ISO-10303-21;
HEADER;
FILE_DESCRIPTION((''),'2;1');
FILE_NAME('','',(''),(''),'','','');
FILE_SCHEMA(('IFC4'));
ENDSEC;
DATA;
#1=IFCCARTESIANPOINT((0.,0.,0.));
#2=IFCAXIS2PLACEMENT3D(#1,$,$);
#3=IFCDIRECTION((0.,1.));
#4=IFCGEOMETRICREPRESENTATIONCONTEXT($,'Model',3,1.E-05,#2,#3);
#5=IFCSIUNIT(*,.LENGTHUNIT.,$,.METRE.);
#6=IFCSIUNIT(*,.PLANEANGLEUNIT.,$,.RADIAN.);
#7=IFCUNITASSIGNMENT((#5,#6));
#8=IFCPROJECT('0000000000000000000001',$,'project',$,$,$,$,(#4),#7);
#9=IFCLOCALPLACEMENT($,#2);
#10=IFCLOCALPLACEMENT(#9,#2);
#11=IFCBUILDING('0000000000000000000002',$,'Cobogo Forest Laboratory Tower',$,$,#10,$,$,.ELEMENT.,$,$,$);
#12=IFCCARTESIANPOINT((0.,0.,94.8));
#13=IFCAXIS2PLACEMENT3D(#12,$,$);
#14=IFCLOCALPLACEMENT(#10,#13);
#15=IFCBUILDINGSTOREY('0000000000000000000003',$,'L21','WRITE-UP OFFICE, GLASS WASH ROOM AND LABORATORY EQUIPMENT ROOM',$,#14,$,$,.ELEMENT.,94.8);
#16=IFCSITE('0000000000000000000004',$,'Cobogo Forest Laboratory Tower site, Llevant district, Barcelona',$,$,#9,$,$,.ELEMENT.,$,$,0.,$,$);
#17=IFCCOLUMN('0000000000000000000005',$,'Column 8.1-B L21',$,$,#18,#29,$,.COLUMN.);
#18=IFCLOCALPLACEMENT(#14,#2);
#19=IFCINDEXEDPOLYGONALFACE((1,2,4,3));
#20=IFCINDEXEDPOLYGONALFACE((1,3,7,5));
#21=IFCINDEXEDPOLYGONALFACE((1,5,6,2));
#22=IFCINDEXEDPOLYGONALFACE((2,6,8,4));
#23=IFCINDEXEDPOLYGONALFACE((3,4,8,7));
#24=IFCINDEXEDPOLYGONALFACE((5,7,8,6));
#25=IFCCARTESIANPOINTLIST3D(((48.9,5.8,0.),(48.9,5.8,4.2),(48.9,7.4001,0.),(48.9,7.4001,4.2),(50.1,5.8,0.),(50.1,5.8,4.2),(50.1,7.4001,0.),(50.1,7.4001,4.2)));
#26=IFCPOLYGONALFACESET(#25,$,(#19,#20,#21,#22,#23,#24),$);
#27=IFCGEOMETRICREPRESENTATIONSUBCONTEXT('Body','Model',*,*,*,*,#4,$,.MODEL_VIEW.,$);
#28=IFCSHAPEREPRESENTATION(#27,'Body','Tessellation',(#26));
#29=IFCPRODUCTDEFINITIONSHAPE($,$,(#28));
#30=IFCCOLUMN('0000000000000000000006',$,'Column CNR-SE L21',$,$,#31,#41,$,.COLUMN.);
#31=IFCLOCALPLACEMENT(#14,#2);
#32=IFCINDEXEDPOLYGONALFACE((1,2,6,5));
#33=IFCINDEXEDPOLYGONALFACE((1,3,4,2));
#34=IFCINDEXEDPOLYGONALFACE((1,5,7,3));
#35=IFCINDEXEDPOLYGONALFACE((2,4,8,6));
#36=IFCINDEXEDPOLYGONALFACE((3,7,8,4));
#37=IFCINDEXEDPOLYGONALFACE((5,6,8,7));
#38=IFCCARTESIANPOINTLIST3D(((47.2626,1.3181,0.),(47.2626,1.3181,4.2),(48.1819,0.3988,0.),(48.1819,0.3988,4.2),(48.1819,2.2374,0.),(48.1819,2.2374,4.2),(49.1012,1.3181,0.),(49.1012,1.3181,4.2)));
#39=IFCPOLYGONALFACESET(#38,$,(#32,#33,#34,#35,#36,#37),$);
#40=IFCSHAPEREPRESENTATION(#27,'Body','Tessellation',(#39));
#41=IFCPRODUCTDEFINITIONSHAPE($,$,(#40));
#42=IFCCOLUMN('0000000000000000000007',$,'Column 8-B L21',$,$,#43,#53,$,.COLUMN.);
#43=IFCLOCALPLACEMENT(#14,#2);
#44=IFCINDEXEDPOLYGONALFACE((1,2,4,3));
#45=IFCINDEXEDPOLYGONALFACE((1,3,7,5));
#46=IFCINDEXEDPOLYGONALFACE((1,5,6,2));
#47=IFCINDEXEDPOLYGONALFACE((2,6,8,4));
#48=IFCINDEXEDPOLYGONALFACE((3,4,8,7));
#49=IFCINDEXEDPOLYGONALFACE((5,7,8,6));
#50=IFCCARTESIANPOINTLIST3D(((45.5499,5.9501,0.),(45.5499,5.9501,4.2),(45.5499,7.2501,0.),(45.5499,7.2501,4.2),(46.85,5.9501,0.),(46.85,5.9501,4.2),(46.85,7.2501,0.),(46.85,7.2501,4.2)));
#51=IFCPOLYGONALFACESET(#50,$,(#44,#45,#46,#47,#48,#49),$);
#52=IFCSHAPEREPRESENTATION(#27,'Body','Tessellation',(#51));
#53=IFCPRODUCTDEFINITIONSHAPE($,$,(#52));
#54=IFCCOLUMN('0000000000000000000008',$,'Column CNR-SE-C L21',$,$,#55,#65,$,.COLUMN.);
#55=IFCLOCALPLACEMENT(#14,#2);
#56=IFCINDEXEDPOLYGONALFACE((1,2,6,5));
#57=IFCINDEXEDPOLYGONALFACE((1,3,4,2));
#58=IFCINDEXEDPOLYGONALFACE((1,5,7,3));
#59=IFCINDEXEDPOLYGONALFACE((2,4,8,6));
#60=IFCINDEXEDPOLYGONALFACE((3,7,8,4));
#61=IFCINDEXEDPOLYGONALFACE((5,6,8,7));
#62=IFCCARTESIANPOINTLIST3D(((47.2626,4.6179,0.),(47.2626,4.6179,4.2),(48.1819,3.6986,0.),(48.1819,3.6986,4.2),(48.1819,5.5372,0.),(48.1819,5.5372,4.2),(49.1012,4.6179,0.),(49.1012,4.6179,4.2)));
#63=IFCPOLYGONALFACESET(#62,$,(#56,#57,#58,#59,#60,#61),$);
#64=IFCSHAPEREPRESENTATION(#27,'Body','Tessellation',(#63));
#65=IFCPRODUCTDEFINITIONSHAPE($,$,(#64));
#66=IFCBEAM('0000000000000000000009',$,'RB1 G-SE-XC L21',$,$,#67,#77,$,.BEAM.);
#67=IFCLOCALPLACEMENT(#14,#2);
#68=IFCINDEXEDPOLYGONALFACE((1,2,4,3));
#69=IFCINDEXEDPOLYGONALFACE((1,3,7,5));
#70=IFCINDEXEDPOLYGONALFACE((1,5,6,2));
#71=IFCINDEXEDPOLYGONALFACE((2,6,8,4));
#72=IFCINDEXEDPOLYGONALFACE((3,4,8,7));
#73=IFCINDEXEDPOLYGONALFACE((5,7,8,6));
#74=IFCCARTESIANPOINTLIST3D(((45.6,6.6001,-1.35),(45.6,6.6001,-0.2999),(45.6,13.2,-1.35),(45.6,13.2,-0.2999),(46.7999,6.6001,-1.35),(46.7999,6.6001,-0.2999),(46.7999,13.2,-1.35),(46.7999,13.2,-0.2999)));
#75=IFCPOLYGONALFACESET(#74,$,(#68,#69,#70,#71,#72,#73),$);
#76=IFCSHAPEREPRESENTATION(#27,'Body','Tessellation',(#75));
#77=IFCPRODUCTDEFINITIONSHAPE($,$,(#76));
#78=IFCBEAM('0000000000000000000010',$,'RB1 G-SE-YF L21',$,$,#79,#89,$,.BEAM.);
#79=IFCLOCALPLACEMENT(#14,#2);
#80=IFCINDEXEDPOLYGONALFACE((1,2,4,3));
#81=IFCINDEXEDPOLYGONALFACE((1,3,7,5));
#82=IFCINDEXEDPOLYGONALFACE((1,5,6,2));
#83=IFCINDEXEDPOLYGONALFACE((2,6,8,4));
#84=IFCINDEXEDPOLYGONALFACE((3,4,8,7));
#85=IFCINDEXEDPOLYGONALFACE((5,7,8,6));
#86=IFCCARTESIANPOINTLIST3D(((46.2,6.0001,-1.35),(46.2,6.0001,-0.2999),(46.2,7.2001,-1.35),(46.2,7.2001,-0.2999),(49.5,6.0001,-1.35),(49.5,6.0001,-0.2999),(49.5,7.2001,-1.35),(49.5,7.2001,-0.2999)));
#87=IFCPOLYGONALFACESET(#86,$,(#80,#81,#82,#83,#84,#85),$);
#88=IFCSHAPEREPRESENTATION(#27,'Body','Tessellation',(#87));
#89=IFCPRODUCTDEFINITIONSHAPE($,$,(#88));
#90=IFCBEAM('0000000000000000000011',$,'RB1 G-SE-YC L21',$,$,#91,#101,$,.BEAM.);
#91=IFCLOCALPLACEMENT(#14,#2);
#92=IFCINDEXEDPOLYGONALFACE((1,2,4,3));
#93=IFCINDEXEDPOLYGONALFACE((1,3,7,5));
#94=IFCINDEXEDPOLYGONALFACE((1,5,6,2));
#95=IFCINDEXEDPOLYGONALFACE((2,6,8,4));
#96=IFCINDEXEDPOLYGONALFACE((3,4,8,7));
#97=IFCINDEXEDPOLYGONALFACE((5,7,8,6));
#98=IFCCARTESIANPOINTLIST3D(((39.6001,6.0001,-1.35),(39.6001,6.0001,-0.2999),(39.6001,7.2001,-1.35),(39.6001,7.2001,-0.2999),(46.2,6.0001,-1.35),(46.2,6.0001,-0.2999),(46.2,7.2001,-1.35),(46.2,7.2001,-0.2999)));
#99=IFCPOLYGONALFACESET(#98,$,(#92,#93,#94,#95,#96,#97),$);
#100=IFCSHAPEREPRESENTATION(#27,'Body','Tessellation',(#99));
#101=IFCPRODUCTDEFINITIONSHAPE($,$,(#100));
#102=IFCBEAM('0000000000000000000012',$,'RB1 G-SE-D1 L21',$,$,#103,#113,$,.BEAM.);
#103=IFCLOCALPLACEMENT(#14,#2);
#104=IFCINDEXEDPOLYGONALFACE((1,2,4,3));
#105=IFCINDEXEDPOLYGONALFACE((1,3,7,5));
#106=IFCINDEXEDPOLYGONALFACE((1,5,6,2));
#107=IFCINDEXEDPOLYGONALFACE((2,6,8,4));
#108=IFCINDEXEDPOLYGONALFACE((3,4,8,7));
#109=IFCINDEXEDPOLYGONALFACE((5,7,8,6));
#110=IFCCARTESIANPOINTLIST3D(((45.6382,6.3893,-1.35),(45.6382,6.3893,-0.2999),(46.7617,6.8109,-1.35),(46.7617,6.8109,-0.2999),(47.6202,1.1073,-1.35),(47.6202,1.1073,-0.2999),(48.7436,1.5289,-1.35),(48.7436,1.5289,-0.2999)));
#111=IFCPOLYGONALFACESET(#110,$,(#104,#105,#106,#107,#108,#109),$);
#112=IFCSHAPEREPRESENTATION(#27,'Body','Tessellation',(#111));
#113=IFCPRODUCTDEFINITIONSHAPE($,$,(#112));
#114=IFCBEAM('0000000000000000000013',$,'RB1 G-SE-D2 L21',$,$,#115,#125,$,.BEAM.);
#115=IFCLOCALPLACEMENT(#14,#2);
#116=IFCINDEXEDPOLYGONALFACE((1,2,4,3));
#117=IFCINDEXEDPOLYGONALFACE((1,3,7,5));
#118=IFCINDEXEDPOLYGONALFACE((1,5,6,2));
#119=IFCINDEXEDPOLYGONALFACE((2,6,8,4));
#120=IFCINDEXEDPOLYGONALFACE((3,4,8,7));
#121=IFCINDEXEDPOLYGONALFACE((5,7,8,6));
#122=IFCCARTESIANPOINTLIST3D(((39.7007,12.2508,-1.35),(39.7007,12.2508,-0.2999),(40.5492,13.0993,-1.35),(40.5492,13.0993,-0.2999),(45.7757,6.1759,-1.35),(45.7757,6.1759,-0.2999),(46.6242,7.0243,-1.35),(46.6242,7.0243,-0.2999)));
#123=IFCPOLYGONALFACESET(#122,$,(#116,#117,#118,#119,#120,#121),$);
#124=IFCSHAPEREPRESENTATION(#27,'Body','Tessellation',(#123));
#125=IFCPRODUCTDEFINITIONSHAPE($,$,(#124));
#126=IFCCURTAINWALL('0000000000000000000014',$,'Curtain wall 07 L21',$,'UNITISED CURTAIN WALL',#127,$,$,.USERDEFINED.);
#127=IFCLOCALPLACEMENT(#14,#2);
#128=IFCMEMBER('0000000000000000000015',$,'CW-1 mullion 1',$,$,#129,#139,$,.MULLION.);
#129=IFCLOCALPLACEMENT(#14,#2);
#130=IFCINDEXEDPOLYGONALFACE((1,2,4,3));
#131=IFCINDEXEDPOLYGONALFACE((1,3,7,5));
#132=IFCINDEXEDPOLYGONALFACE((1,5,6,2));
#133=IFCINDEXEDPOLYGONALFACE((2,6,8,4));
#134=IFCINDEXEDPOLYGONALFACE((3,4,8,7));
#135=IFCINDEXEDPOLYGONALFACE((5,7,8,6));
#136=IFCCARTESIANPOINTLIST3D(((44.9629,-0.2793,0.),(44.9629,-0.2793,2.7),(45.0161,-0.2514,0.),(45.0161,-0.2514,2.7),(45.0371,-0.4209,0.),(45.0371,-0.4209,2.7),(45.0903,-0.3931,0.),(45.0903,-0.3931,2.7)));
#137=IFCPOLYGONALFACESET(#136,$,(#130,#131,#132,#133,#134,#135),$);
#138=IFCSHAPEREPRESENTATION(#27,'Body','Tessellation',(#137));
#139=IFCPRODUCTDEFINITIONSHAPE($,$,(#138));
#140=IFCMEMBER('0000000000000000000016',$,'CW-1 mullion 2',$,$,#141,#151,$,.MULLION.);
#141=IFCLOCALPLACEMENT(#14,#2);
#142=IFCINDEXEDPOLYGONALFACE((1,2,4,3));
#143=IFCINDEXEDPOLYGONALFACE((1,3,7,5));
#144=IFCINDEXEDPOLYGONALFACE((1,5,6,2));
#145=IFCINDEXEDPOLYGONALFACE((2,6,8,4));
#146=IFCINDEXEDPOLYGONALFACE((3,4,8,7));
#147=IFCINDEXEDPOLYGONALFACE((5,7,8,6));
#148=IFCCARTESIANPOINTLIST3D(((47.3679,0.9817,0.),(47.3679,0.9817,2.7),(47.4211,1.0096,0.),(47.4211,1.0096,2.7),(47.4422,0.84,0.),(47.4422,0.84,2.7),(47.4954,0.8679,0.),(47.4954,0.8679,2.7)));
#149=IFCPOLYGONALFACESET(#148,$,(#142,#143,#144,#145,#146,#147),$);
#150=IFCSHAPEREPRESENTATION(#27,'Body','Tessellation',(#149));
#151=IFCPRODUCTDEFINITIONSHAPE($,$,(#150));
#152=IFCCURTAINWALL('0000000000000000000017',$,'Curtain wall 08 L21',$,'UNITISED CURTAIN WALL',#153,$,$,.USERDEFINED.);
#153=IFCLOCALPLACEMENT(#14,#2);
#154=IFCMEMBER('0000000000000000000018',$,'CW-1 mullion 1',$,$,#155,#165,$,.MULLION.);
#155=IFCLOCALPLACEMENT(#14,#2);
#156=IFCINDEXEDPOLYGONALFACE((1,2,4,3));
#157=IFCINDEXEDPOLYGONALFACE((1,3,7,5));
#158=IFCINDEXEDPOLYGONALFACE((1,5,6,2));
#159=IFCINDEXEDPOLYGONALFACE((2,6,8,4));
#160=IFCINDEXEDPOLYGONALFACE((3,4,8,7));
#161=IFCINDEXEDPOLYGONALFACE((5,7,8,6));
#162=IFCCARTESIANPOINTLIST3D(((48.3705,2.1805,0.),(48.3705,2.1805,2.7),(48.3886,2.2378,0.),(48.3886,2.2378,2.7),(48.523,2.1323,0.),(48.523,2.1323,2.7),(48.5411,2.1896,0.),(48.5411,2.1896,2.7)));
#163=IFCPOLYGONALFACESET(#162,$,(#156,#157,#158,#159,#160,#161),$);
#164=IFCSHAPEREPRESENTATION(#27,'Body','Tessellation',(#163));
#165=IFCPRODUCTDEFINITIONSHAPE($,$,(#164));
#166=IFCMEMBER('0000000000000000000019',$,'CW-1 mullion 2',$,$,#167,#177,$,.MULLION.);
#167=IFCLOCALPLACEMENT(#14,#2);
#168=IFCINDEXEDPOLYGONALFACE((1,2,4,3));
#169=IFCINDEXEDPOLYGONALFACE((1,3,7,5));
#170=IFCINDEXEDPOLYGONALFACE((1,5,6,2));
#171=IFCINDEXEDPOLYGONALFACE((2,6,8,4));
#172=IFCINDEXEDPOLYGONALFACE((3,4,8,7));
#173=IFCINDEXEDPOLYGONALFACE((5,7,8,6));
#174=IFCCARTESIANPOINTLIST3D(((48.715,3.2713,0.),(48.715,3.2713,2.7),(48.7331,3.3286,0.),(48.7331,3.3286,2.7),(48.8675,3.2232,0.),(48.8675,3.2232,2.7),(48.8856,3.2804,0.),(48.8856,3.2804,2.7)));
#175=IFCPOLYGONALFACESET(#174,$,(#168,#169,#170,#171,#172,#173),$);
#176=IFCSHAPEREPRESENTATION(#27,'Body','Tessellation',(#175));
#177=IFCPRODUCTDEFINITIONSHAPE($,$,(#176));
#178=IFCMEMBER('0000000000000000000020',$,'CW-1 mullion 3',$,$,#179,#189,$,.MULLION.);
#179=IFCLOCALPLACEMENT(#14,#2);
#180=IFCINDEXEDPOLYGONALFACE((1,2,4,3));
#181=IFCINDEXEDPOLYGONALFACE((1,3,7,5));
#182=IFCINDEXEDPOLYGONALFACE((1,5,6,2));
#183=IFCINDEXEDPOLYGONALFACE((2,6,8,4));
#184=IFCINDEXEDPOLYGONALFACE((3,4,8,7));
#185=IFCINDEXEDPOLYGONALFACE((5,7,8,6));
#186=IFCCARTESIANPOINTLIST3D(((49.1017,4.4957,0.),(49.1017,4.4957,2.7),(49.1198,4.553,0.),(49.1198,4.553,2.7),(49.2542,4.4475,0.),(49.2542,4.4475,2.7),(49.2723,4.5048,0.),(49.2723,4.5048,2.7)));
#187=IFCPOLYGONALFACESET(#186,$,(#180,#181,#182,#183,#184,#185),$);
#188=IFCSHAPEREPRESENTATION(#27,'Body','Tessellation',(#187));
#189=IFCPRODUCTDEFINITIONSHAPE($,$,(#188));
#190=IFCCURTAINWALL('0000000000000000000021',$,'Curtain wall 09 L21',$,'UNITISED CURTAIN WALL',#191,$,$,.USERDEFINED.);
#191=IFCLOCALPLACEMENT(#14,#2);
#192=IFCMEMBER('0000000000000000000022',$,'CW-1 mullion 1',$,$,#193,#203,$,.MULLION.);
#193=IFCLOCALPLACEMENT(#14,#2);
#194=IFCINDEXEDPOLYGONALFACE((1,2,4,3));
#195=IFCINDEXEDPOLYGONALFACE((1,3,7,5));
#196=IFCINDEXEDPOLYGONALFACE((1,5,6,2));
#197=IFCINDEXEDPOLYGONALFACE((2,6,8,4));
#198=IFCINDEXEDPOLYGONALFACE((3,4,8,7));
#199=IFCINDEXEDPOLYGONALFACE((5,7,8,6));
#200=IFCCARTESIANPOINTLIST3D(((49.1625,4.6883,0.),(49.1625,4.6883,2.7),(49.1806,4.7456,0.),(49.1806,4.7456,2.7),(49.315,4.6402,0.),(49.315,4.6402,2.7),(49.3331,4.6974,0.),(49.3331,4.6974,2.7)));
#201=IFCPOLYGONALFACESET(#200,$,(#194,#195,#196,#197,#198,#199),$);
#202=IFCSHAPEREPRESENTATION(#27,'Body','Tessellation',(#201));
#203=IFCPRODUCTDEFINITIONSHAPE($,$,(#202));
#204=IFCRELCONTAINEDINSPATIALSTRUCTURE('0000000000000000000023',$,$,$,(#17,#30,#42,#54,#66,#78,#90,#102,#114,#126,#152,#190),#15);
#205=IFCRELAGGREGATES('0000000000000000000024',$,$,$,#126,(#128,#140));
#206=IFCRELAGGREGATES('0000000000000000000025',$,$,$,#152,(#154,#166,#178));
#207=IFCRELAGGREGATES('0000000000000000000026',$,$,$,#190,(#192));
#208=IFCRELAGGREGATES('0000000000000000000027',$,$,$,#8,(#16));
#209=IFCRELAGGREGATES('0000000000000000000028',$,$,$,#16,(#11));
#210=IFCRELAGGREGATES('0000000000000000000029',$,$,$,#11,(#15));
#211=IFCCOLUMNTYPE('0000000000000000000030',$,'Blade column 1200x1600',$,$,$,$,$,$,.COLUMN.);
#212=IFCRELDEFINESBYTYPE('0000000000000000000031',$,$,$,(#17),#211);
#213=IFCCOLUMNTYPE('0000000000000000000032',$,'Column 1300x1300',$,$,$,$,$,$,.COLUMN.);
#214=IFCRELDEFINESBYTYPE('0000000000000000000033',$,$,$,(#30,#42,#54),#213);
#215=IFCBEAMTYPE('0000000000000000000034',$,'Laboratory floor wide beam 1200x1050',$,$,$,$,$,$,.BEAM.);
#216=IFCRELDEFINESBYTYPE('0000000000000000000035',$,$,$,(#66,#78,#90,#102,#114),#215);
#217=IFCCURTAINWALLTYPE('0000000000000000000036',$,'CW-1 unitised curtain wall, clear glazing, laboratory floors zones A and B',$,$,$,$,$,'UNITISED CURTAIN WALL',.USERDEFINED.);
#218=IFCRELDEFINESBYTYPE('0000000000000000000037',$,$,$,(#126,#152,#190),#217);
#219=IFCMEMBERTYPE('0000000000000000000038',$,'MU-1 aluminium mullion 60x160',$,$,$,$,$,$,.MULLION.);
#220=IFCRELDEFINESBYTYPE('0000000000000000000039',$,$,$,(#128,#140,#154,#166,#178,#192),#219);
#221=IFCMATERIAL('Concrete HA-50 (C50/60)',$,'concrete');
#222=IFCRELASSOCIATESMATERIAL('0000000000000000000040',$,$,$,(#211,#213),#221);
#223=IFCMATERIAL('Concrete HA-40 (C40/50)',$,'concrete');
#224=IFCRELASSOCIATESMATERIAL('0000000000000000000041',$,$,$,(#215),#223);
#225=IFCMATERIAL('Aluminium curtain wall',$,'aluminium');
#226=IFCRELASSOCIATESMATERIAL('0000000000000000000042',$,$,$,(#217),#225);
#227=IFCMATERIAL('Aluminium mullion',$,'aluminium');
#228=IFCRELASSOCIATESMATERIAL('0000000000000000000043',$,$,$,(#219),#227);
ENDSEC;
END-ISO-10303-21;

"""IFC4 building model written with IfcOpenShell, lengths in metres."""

from ifc_helpers import new_model, si_unit, direction, frame, origin, origin_2d, place, context, subcontext, project, spatial, rectangle, extrude, material, material_profile, profile_set, type_object, element, aggregate, save


model = new_model("IFC4")

# Units and contexts
model_context = context("Model", 3, precision=1e-05, world=origin(), true_north=direction((0.0, 1.0)))
body_context = subcontext(model_context, "Body", "Model", "MODEL_VIEW")
ifc_project = project(units=[si_unit("LENGTHUNIT", "METRE"), si_unit("PLANEANGLEUNIT", "RADIAN")], contexts=[model_context])

# Site, building, storey
site_placement = place(None, origin())
site = spatial("IfcSite", under=ifc_project, at=site_placement, Name="Cobogo Forest Laboratory Tower site, Llevant district, Barcelona", CompositionType="ELEMENT", RefElevation=0.0)
building_placement = place(site_placement, origin())
building = spatial("IfcBuilding", under=site, at=building_placement, Name="Cobogo Forest Laboratory Tower", CompositionType="ELEMENT")
storey_placement = place(building_placement, frame((0.0, 0.0, 94.8)))
storey = spatial("IfcBuildingStorey", under=building, at=storey_placement, Name="L21", Description="WRITE-UP OFFICE, GLASS WASH ROOM AND LABORATORY EQUIPMENT ROOM", CompositionType="ELEMENT", Elevation=94.8)

# Columns
ifc_material_1 = material(Name="Concrete HA-50 (C50/60)", Category="concrete")
ifc_material_profile_1 = material_profile(ifc_material_1, rectangle(XDim=1.6001, YDim=1.2, at=origin_2d()), Name="RC 1200x1600")
ifc_profile_set_1 = profile_set([ifc_material_profile_1], Name="Concrete HA-50 (C50/60)")
column_type_1 = type_object("IfcColumnType", Name="Blade column 1200x1600", PredefinedType="COLUMN", material=ifc_profile_set_1)
column_placement = place(storey_placement, frame((49.5, 6.6001, 0.0), z_axis=(0.0, 0.0, 1.0), x_axis=(0.0, 1.0, 0.0)))
element("IfcColumn", 1, at=column_placement, inside=storey, type_object=column_type_1, Name="Column 8.1-B L21", PredefinedType="COLUMN", context=body_context, shape_type="SweptSolid", body=[
    extrude(rectangle(XDim=1.6001, YDim=1.2, at=origin_2d()), origin(), (0.0, 0.0, 1.0), 4.2),
])
ifc_material_profile_2 = material_profile(ifc_material_1, rectangle(XDim=1.3, YDim=1.3, at=origin_2d()), Name="RC 1300x1300")
ifc_profile_set_2 = profile_set([ifc_material_profile_2], Name="Concrete HA-50 (C50/60)")
column_type_2 = type_object("IfcColumnType", Name="Column 1300x1300", PredefinedType="COLUMN", material=ifc_profile_set_2)
for number, where, z_axis, x_axis, name in (
    (2, (48.1819, 1.3181, 0.0), (0.0, 0.0, 1.0), (0.707107, 0.707107, 0.0), "Column CNR-SE L21"),
    (3, (46.2, 6.6001, 0.0), (0.0, 0.0, 1.0), (1.0, 0.0, 0.0), "Column 8-B L21"),
    (4, (48.1819, 4.6179, 0.0), (0.0, 0.0, 1.0), (0.707107, 0.707107, 0.0), "Column CNR-SE-C L21"),
):
    element("IfcColumn", number, at=place(storey_placement, frame(where, z_axis=z_axis, x_axis=x_axis)), inside=storey, type_object=column_type_2, Name=name, PredefinedType="COLUMN", context=body_context, shape_type="SweptSolid", body=[
        extrude(rectangle(XDim=1.3, YDim=1.3, at=origin_2d()), origin(), (0.0, 0.0, 1.0), 4.2),
    ])

# Beams
ifc_material_2 = material(Name="Concrete HA-40 (C40/50)", Category="concrete")
ifc_material_profile_3 = material_profile(ifc_material_2, rectangle(XDim=1.2, YDim=1.05, at=origin_2d()), Name="RC 1200x1050")
ifc_profile_set_3 = profile_set([ifc_material_profile_3], Name="Concrete HA-40 (C40/50)")
beam_type_1 = type_object("IfcBeamType", Name="Laboratory floor wide beam 1200x1050", PredefinedType="BEAM", material=ifc_profile_set_3)
beam_1_placement = place(storey_placement, frame((46.2, 6.6001, -0.825), z_axis=(0.0, 1.0, 0.0), x_axis=(-1.0, 0.0, 0.0)))
element("IfcBeam", 5, at=beam_1_placement, inside=storey, type_object=beam_type_1, Name="RB1 G-SE-XC L21", PredefinedType="BEAM", context=body_context, shape_type="SweptSolid", body=[
    extrude(rectangle(XDim=1.2, YDim=1.05, at=origin_2d()), origin(), (0.0, 0.0, 1.0), 6.5999),
])
beam_2_placement = place(storey_placement, frame((49.5, 6.6001, -0.825), z_axis=(-1.0, 0.0, 0.0), x_axis=(0.0, -1.0, 0.0)))
element("IfcBeam", 6, at=beam_2_placement, inside=storey, type_object=beam_type_1, Name="RB1 G-SE-YF L21", PredefinedType="BEAM", context=body_context, shape_type="SweptSolid", body=[
    extrude(rectangle(XDim=1.2, YDim=1.05, at=origin_2d()), origin(), (0.0, 0.0, 1.0), 3.3),
])
beam_3_placement = place(storey_placement, frame((46.2, 6.6001, -0.825), z_axis=(-1.0, 0.0, 0.0), x_axis=(0.0, -1.0, 0.0)))
element("IfcBeam", 7, at=beam_3_placement, inside=storey, type_object=beam_type_1, Name="RB1 G-SE-YC L21", PredefinedType="BEAM", context=body_context, shape_type="SweptSolid", body=[
    extrude(rectangle(XDim=1.2, YDim=1.05, at=origin_2d()), origin(), (0.0, 0.0, 1.0), 6.5999),
])
beam_4_placement = place(storey_placement, frame((48.1819, 1.3181, -0.825), z_axis=(-0.351308, 0.93626, 0.0), x_axis=(-0.93626, -0.351308, 0.0)))
element("IfcBeam", 8, at=beam_4_placement, inside=storey, type_object=beam_type_1, Name="RB1 G-SE-D1 L21", PredefinedType="BEAM", context=body_context, shape_type="SweptSolid", body=[
    extrude(rectangle(XDim=1.2, YDim=1.05, at=origin_2d()), origin(), (0.0, 0.0, 1.0), 5.6416),
])
beam_5_placement = place(storey_placement, frame((46.2, 6.6001, -0.825), z_axis=(-0.707107, 0.707107, 0.0), x_axis=(-0.707107, -0.707107, 0.0)))
element("IfcBeam", 9, at=beam_5_placement, inside=storey, type_object=beam_type_1, Name="RB1 G-SE-D2 L21", PredefinedType="BEAM", context=body_context, shape_type="SweptSolid", body=[
    extrude(rectangle(XDim=1.2, YDim=1.05, at=origin_2d()), origin(), (0.0, 0.0, 1.0), 8.5913),
])

# Curtain walls, members
ifc_material_3 = material(Name="Aluminium curtain wall", Category="aluminium")
curtain_wall_type = type_object("IfcCurtainWallType", Name="CW-1 unitised curtain wall, clear glazing, laboratory floors zones A and B", ElementType="UNITISED CURTAIN WALL", PredefinedType="USERDEFINED", material=ifc_material_3)
curtain_wall_1_placement = place(storey_placement, origin())
curtain_wall_1 = element("IfcCurtainWall", 10, at=curtain_wall_1_placement, inside=storey, type_object=curtain_wall_type, Name="Curtain wall 07 L21", ObjectType="UNITISED CURTAIN WALL", PredefinedType="USERDEFINED")
ifc_material_4 = material(Name="Aluminium mullion", Category="aluminium")
ifc_material_profile_4 = material_profile(ifc_material_4, rectangle(XDim=0.0601, YDim=0.1599, at=origin_2d()), Name="AL 60x160")
ifc_profile_set_4 = profile_set([ifc_material_profile_4], Name="Aluminium mullion")
member_type_1 = type_object("IfcMemberType", Name="MU-1 aluminium mullion 60x160", PredefinedType="MULLION", material=ifc_profile_set_4)
member_1_placement = place(storey_placement, frame((45.0266, -0.3362, 0.0), z_axis=(0.0, 0.0, 1.0), x_axis=(0.885687, 0.464284, 0.0)))
member_1 = element("IfcMember", 11, at=member_1_placement, type_object=member_type_1, Name="CW-1 mullion 1", PredefinedType="MULLION", context=body_context, shape_type="SweptSolid", body=[
    extrude(rectangle(XDim=0.0601, YDim=0.1599, at=origin_2d()), origin(), (0.0, 0.0, 1.0), 2.7),
])
member_2_placement = place(storey_placement, frame((47.4316, 0.9248, 0.0), z_axis=(0.0, 0.0, 1.0), x_axis=(0.885687, 0.464284, 0.0)))
member_2 = element("IfcMember", 12, at=member_2_placement, type_object=member_type_1, Name="CW-1 mullion 2", PredefinedType="MULLION", context=body_context, shape_type="SweptSolid", body=[
    extrude(rectangle(XDim=0.0601, YDim=0.1599, at=origin_2d()), origin(), (0.0, 0.0, 1.0), 2.7),
])
curtain_wall_2_placement = place(storey_placement, origin())
curtain_wall_2 = element("IfcCurtainWall", 13, at=curtain_wall_2_placement, inside=storey, type_object=curtain_wall_type, Name="Curtain wall 08 L21", ObjectType="UNITISED CURTAIN WALL", PredefinedType="USERDEFINED")
member_3_placement = place(storey_placement, frame((48.4558, 2.1851, 0.0), z_axis=(0.0, 0.0, 1.0), x_axis=(0.301135, 0.953581, 0.0)))
member_3 = element("IfcMember", 14, at=member_3_placement, type_object=member_type_1, Name="CW-1 mullion 1", PredefinedType="MULLION", context=body_context, shape_type="SweptSolid", body=[
    extrude(rectangle(XDim=0.0601, YDim=0.1599, at=origin_2d()), origin(), (0.0, 0.0, 1.0), 2.7),
])
member_4_placement = place(storey_placement, frame((48.8003, 3.2759, 0.0), z_axis=(0.0, 0.0, 1.0), x_axis=(0.301135, 0.953581, 0.0)))
member_4 = element("IfcMember", 15, at=member_4_placement, type_object=member_type_1, Name="CW-1 mullion 2", PredefinedType="MULLION", context=body_context, shape_type="SweptSolid", body=[
    extrude(rectangle(XDim=0.0601, YDim=0.1599, at=origin_2d()), origin(), (0.0, 0.0, 1.0), 2.7),
])
member_5_placement = place(storey_placement, frame((49.187, 4.5002, 0.0), z_axis=(0.0, 0.0, 1.0), x_axis=(0.301135, 0.953581, 0.0)))
member_5 = element("IfcMember", 16, at=member_5_placement, type_object=member_type_1, Name="CW-1 mullion 3", PredefinedType="MULLION", context=body_context, shape_type="SweptSolid", body=[
    extrude(rectangle(XDim=0.0601, YDim=0.1599, at=origin_2d()), origin(), (0.0, 0.0, 1.0), 2.7),
])
curtain_wall_3_placement = place(storey_placement, origin())
curtain_wall_3 = element("IfcCurtainWall", 17, at=curtain_wall_3_placement, inside=storey, type_object=curtain_wall_type, Name="Curtain wall 09 L21", ObjectType="UNITISED CURTAIN WALL", PredefinedType="USERDEFINED")
member_6_placement = place(storey_placement, frame((49.2478, 4.6929, 0.0), z_axis=(0.0, 0.0, 1.0), x_axis=(0.301136, 0.953581, 0.0)))
member_6 = element("IfcMember", 18, at=member_6_placement, type_object=member_type_1, Name="CW-1 mullion 1", PredefinedType="MULLION", context=body_context, shape_type="SweptSolid", body=[
    extrude(rectangle(XDim=0.0601, YDim=0.1599, at=origin_2d()), origin(), (0.0, 0.0, 1.0), 2.7),
])

aggregate(curtain_wall_1, [member_1, member_2])
aggregate(curtain_wall_2, [member_3, member_4, member_5])
aggregate(curtain_wall_3, [member_6])

save(model, "model.ifc")
